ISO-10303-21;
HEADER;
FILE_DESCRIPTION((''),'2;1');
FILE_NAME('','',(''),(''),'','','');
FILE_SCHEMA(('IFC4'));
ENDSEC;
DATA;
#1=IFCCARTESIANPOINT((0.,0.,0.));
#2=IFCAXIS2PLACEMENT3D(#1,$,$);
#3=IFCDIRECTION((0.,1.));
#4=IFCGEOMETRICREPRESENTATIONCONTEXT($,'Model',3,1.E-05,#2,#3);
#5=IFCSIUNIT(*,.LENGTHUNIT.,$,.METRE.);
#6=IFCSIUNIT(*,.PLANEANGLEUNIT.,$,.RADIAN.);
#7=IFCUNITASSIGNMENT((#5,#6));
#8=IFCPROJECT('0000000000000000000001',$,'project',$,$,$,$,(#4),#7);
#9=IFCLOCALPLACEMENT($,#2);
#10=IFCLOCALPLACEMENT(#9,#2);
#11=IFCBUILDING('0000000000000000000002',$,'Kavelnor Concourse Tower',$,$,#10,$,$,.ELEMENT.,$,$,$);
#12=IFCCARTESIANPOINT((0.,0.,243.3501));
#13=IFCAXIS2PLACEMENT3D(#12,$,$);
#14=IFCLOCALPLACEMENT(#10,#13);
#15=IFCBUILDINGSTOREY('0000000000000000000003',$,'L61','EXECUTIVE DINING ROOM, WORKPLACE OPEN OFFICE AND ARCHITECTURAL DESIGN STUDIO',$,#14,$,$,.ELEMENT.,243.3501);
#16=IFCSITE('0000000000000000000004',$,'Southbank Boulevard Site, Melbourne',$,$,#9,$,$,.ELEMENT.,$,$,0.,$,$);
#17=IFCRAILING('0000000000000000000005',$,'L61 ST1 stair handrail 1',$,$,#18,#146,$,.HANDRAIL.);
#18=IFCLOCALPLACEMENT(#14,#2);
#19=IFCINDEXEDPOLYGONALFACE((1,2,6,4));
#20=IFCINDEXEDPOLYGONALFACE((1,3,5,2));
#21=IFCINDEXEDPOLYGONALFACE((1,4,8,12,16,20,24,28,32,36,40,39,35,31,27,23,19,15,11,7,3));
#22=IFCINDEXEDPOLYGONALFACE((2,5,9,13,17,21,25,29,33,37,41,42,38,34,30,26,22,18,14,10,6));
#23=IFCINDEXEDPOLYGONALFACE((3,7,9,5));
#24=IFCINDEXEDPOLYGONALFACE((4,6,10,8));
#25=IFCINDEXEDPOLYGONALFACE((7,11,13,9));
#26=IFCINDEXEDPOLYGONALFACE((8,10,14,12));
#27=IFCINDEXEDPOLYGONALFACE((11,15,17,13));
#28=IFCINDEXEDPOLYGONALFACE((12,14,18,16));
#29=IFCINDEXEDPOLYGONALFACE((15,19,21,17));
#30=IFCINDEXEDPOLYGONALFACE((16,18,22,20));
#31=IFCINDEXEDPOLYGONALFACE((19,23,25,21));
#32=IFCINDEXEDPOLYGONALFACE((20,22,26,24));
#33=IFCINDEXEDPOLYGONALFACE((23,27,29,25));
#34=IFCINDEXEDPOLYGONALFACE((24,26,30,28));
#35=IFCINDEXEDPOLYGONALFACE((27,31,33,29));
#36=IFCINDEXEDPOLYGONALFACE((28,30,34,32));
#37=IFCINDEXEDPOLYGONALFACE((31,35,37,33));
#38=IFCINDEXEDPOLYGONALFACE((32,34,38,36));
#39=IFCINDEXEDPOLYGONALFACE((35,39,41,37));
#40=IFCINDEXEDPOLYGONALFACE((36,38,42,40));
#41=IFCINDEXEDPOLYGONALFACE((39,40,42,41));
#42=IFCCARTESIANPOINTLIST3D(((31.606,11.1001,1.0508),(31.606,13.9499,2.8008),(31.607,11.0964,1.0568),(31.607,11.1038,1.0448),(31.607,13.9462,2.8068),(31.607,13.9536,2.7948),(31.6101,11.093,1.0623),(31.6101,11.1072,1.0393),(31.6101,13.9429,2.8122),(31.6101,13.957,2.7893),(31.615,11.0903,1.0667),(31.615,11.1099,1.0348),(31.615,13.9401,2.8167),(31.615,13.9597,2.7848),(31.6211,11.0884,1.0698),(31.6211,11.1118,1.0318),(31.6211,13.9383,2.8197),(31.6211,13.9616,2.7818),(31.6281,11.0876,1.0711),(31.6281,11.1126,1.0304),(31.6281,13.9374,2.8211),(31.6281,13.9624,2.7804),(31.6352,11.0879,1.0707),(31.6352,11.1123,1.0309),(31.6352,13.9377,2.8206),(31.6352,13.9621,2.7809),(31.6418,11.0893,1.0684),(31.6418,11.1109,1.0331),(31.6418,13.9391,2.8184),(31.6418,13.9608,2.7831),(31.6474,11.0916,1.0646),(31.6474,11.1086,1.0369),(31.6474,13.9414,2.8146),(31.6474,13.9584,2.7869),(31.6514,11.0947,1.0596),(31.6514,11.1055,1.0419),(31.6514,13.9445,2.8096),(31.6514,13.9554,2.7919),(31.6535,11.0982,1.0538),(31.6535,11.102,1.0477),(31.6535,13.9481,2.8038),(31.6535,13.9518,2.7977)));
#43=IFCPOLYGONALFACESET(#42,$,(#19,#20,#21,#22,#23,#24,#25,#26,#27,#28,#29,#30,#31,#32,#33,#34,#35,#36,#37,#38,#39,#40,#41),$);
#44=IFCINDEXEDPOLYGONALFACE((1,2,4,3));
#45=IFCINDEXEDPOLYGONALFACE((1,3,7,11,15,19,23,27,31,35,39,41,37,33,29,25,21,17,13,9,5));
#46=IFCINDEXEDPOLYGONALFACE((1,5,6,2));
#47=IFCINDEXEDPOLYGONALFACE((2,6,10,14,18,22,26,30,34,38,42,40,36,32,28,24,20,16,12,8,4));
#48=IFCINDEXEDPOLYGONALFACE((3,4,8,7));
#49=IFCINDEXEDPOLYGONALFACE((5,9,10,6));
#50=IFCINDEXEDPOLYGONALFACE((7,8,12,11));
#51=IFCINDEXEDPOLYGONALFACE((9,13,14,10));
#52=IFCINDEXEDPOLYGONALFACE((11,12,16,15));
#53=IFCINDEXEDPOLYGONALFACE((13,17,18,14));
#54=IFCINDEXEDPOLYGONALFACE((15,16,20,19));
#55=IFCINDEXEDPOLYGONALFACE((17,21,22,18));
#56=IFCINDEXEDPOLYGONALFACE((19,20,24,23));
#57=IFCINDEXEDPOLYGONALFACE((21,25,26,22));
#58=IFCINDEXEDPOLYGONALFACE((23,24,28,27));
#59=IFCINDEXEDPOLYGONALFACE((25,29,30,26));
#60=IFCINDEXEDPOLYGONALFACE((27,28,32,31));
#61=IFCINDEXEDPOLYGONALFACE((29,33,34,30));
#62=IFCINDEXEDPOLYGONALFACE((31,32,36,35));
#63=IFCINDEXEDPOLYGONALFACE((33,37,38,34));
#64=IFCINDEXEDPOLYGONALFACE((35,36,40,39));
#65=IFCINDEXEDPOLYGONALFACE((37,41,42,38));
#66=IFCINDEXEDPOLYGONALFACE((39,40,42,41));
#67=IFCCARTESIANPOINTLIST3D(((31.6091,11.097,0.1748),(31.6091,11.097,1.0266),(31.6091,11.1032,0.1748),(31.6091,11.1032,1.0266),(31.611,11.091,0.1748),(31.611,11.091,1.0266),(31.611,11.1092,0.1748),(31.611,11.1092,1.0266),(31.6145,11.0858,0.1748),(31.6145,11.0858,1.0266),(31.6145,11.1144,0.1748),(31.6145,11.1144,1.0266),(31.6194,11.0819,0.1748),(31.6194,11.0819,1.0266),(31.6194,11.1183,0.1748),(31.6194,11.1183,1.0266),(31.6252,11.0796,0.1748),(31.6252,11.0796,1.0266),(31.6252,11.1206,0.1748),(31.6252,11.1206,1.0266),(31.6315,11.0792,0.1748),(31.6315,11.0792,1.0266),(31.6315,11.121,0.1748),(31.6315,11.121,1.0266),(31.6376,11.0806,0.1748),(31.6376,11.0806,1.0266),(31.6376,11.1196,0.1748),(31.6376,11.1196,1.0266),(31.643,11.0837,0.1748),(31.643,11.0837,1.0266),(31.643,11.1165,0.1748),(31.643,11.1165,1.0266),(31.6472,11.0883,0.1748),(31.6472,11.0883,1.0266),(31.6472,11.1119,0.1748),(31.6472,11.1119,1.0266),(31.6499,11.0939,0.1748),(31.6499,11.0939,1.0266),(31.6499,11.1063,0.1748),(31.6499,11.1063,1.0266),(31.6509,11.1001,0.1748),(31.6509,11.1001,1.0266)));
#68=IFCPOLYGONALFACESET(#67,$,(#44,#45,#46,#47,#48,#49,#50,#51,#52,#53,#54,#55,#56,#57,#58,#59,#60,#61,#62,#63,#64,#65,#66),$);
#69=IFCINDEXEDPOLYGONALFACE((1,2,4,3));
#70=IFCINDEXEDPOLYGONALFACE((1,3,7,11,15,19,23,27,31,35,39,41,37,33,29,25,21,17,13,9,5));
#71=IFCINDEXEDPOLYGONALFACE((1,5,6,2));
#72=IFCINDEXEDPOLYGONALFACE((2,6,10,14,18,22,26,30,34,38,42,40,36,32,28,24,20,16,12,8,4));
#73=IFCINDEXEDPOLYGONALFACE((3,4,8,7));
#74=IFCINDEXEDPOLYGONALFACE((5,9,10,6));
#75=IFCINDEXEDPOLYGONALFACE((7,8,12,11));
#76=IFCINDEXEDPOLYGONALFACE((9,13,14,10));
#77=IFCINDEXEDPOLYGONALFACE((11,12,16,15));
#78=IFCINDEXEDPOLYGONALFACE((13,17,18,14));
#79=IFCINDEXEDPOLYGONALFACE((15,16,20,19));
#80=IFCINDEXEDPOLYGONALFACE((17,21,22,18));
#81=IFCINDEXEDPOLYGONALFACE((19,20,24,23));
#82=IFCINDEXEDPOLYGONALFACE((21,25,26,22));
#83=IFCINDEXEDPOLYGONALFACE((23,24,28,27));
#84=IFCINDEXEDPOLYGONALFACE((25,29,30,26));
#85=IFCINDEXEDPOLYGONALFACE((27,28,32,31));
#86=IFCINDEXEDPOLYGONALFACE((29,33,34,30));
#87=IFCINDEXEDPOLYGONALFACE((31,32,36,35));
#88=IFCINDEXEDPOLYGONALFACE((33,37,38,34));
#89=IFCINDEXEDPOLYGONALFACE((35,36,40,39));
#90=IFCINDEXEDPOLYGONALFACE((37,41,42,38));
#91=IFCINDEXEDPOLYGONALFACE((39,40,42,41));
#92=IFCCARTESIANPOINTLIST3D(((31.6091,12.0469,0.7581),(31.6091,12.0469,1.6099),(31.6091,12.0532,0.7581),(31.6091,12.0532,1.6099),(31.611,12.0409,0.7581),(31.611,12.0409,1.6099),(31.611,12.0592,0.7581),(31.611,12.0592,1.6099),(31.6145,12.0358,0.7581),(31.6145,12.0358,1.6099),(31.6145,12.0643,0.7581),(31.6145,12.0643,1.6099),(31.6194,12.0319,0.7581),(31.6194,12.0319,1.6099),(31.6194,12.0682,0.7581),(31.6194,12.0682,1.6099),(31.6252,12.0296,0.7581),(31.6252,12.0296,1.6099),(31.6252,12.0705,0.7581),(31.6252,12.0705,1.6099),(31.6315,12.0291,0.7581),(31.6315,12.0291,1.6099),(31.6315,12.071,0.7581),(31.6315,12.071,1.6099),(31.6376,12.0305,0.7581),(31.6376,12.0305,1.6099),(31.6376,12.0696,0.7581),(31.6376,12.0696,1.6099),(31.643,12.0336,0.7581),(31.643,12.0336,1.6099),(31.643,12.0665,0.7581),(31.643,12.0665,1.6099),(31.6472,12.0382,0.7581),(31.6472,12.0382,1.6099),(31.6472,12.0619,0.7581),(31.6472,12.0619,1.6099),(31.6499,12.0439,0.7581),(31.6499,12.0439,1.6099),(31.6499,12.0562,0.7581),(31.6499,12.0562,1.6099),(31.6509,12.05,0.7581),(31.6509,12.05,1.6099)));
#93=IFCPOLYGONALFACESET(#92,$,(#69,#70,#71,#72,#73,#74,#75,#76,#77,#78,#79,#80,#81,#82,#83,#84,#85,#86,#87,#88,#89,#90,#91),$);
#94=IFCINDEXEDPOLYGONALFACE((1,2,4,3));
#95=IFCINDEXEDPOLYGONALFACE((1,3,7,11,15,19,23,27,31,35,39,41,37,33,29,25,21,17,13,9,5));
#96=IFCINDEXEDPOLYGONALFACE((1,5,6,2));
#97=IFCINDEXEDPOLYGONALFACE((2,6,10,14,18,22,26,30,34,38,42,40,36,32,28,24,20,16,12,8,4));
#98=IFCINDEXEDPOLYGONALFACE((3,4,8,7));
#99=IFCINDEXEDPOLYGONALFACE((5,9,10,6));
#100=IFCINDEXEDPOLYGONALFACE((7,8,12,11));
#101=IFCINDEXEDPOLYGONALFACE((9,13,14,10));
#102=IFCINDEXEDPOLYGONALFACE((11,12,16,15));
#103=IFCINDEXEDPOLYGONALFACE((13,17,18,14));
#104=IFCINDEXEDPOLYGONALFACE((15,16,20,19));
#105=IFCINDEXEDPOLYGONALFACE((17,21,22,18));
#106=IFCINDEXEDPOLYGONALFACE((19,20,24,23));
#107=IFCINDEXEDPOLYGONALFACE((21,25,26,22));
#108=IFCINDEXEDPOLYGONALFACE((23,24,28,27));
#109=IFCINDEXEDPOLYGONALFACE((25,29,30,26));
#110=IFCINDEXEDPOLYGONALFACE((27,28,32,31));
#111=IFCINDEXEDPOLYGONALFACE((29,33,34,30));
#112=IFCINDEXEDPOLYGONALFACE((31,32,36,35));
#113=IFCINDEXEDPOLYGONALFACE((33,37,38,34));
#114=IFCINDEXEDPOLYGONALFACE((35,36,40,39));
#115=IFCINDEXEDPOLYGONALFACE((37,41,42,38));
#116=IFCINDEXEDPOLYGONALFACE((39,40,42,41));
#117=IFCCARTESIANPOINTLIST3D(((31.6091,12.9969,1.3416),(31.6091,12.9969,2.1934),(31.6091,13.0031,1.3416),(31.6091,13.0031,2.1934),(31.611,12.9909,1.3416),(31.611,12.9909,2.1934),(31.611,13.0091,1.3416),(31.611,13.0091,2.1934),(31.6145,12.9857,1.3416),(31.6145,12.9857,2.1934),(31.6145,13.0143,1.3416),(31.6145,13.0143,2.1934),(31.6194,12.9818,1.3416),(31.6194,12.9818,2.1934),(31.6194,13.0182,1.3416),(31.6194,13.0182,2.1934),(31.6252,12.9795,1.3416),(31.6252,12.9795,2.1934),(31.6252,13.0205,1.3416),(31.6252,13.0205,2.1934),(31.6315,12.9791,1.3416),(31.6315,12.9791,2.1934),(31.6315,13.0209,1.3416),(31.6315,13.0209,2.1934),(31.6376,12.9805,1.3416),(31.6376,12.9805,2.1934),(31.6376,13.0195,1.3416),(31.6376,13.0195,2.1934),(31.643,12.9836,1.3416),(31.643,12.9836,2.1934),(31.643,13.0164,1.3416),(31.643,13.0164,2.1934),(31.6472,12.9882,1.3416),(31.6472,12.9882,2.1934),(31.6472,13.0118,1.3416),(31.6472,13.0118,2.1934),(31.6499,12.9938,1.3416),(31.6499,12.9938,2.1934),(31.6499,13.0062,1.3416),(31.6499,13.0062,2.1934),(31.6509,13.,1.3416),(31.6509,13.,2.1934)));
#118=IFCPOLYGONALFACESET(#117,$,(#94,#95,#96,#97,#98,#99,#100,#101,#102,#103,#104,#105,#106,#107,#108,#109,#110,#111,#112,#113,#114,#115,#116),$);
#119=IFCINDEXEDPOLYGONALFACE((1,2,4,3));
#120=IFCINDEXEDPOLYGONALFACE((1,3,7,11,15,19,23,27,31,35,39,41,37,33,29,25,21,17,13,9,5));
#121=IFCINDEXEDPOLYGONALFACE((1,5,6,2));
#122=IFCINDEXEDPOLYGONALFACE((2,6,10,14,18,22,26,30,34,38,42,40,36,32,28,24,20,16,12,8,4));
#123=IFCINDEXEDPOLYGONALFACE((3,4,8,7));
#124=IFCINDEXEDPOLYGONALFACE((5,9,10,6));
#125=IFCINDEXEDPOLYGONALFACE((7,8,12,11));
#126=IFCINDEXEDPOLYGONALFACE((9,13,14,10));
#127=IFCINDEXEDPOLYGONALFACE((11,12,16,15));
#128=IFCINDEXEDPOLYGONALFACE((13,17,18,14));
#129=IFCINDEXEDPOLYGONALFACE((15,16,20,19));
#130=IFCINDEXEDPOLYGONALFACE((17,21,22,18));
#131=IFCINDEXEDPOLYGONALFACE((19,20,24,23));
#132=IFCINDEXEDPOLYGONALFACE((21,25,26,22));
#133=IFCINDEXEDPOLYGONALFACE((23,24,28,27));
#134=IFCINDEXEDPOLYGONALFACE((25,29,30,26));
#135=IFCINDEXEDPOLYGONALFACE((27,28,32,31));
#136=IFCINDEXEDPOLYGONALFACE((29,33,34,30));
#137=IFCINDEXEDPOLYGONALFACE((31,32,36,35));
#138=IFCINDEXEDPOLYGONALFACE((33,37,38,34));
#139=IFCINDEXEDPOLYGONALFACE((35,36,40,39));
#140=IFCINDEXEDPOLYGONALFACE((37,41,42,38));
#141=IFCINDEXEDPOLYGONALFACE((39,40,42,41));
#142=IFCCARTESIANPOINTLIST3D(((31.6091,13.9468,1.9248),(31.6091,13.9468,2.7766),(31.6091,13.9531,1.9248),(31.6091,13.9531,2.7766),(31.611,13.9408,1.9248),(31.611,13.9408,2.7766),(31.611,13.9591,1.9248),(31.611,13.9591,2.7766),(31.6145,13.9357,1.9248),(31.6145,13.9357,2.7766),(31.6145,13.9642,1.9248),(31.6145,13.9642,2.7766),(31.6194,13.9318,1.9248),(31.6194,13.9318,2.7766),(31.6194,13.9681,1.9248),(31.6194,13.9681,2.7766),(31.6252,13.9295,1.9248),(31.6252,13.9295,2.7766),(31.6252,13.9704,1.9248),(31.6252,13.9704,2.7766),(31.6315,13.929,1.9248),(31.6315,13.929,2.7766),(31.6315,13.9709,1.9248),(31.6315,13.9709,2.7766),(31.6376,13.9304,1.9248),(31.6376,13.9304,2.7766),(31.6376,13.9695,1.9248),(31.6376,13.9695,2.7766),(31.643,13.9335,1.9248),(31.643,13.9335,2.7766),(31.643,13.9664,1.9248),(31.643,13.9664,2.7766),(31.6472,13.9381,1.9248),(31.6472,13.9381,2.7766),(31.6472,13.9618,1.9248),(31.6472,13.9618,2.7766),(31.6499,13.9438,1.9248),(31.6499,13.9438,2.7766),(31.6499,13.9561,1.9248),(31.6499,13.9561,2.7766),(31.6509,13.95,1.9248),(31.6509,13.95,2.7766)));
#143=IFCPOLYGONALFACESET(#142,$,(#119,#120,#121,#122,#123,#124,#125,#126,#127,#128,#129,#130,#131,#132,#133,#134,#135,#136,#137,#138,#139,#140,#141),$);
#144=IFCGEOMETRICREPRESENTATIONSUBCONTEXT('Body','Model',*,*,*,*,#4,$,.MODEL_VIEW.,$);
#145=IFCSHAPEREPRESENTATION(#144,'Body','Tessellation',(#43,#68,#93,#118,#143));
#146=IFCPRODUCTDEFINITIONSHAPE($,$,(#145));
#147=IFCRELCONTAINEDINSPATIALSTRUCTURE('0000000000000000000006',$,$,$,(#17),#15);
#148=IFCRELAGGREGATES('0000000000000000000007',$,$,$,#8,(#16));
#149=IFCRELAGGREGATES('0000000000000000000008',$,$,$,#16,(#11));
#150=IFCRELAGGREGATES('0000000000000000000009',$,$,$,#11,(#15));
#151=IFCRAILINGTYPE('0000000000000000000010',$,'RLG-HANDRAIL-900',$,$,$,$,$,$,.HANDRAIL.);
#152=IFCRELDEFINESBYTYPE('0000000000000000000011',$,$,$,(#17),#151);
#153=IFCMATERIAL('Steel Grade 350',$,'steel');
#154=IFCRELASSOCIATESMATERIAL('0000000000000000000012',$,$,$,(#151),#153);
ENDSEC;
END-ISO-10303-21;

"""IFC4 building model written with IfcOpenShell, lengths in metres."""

from ifc_helpers import new_model, si_unit, direction, frame, origin, origin_2d, place, context, subcontext, project, spatial, circle, extrude, material, type_object, element, save


model = new_model("IFC4")

# Units and contexts
model_context = context("Model", 3, precision=1e-05, world=origin(), true_north=direction((0.0, 1.0)))
body_context = subcontext(model_context, "Body", "Model", "MODEL_VIEW")
ifc_project = project(units=[si_unit("LENGTHUNIT", "METRE"), si_unit("PLANEANGLEUNIT", "RADIAN")], contexts=[model_context])

# Site, building, storey
site_placement = place(None, origin())
site = spatial("IfcSite", under=ifc_project, at=site_placement, Name="Southbank Boulevard Site, Melbourne", CompositionType="ELEMENT", RefElevation=0.0)
building_placement = place(site_placement, origin())
building = spatial("IfcBuilding", under=site, at=building_placement, Name="Kavelnor Concourse Tower", CompositionType="ELEMENT")
storey_placement = place(building_placement, frame((0.0, 0.0, 243.3501)))
storey = spatial("IfcBuildingStorey", under=building, at=storey_placement, Name="L61", Description="EXECUTIVE DINING ROOM, WORKPLACE OPEN OFFICE AND ARCHITECTURAL DESIGN STUDIO", CompositionType="ELEMENT", Elevation=243.3501)

# Shared definitions
ifc_material_1 = material(Name="Steel Grade 350", Category="steel")

# Railing
railing_type_1 = type_object("IfcRailingType", Name="RLG-HANDRAIL-900", PredefinedType="HANDRAIL", material=ifc_material_1)
railing_1_placement = place(storey_placement, frame((31.6299, 11.1001, 0.1748)))
element("IfcRailing", 1, at=railing_1_placement, inside=storey, type_object=railing_type_1, Name="L61 ST1 stair handrail 1", PredefinedType="HANDRAIL", context=body_context, shape_type="SweptSolid", body=[
    extrude(circle(Radius=0.0239, at=origin_2d()), frame((0.0, 0.0, 0.876), z_axis=(0.0, 0.852159, 0.523283), x_axis=(-1.0, 0.0, 0.0)), (0.0, 0.0, 1.0), 3.3442),
    extrude(circle(Radius=0.021, at=origin_2d()), origin(), (0.0, 0.0, 1.0), 0.8518),
    extrude(circle(Radius=0.021, at=origin_2d()), frame((0.0, 0.95, 0.5833)), (0.0, 0.0, 1.0), 0.8518),
    extrude(circle(Radius=0.021, at=origin_2d()), frame((0.0, 1.8999, 1.1667)), (0.0, 0.0, 1.0), 0.8518),
    extrude(circle(Radius=0.021, at=origin_2d()), frame((0.0, 2.8499, 1.75)), (0.0, 0.0, 1.0), 0.8518),
])

save(model, "model.ifc")
